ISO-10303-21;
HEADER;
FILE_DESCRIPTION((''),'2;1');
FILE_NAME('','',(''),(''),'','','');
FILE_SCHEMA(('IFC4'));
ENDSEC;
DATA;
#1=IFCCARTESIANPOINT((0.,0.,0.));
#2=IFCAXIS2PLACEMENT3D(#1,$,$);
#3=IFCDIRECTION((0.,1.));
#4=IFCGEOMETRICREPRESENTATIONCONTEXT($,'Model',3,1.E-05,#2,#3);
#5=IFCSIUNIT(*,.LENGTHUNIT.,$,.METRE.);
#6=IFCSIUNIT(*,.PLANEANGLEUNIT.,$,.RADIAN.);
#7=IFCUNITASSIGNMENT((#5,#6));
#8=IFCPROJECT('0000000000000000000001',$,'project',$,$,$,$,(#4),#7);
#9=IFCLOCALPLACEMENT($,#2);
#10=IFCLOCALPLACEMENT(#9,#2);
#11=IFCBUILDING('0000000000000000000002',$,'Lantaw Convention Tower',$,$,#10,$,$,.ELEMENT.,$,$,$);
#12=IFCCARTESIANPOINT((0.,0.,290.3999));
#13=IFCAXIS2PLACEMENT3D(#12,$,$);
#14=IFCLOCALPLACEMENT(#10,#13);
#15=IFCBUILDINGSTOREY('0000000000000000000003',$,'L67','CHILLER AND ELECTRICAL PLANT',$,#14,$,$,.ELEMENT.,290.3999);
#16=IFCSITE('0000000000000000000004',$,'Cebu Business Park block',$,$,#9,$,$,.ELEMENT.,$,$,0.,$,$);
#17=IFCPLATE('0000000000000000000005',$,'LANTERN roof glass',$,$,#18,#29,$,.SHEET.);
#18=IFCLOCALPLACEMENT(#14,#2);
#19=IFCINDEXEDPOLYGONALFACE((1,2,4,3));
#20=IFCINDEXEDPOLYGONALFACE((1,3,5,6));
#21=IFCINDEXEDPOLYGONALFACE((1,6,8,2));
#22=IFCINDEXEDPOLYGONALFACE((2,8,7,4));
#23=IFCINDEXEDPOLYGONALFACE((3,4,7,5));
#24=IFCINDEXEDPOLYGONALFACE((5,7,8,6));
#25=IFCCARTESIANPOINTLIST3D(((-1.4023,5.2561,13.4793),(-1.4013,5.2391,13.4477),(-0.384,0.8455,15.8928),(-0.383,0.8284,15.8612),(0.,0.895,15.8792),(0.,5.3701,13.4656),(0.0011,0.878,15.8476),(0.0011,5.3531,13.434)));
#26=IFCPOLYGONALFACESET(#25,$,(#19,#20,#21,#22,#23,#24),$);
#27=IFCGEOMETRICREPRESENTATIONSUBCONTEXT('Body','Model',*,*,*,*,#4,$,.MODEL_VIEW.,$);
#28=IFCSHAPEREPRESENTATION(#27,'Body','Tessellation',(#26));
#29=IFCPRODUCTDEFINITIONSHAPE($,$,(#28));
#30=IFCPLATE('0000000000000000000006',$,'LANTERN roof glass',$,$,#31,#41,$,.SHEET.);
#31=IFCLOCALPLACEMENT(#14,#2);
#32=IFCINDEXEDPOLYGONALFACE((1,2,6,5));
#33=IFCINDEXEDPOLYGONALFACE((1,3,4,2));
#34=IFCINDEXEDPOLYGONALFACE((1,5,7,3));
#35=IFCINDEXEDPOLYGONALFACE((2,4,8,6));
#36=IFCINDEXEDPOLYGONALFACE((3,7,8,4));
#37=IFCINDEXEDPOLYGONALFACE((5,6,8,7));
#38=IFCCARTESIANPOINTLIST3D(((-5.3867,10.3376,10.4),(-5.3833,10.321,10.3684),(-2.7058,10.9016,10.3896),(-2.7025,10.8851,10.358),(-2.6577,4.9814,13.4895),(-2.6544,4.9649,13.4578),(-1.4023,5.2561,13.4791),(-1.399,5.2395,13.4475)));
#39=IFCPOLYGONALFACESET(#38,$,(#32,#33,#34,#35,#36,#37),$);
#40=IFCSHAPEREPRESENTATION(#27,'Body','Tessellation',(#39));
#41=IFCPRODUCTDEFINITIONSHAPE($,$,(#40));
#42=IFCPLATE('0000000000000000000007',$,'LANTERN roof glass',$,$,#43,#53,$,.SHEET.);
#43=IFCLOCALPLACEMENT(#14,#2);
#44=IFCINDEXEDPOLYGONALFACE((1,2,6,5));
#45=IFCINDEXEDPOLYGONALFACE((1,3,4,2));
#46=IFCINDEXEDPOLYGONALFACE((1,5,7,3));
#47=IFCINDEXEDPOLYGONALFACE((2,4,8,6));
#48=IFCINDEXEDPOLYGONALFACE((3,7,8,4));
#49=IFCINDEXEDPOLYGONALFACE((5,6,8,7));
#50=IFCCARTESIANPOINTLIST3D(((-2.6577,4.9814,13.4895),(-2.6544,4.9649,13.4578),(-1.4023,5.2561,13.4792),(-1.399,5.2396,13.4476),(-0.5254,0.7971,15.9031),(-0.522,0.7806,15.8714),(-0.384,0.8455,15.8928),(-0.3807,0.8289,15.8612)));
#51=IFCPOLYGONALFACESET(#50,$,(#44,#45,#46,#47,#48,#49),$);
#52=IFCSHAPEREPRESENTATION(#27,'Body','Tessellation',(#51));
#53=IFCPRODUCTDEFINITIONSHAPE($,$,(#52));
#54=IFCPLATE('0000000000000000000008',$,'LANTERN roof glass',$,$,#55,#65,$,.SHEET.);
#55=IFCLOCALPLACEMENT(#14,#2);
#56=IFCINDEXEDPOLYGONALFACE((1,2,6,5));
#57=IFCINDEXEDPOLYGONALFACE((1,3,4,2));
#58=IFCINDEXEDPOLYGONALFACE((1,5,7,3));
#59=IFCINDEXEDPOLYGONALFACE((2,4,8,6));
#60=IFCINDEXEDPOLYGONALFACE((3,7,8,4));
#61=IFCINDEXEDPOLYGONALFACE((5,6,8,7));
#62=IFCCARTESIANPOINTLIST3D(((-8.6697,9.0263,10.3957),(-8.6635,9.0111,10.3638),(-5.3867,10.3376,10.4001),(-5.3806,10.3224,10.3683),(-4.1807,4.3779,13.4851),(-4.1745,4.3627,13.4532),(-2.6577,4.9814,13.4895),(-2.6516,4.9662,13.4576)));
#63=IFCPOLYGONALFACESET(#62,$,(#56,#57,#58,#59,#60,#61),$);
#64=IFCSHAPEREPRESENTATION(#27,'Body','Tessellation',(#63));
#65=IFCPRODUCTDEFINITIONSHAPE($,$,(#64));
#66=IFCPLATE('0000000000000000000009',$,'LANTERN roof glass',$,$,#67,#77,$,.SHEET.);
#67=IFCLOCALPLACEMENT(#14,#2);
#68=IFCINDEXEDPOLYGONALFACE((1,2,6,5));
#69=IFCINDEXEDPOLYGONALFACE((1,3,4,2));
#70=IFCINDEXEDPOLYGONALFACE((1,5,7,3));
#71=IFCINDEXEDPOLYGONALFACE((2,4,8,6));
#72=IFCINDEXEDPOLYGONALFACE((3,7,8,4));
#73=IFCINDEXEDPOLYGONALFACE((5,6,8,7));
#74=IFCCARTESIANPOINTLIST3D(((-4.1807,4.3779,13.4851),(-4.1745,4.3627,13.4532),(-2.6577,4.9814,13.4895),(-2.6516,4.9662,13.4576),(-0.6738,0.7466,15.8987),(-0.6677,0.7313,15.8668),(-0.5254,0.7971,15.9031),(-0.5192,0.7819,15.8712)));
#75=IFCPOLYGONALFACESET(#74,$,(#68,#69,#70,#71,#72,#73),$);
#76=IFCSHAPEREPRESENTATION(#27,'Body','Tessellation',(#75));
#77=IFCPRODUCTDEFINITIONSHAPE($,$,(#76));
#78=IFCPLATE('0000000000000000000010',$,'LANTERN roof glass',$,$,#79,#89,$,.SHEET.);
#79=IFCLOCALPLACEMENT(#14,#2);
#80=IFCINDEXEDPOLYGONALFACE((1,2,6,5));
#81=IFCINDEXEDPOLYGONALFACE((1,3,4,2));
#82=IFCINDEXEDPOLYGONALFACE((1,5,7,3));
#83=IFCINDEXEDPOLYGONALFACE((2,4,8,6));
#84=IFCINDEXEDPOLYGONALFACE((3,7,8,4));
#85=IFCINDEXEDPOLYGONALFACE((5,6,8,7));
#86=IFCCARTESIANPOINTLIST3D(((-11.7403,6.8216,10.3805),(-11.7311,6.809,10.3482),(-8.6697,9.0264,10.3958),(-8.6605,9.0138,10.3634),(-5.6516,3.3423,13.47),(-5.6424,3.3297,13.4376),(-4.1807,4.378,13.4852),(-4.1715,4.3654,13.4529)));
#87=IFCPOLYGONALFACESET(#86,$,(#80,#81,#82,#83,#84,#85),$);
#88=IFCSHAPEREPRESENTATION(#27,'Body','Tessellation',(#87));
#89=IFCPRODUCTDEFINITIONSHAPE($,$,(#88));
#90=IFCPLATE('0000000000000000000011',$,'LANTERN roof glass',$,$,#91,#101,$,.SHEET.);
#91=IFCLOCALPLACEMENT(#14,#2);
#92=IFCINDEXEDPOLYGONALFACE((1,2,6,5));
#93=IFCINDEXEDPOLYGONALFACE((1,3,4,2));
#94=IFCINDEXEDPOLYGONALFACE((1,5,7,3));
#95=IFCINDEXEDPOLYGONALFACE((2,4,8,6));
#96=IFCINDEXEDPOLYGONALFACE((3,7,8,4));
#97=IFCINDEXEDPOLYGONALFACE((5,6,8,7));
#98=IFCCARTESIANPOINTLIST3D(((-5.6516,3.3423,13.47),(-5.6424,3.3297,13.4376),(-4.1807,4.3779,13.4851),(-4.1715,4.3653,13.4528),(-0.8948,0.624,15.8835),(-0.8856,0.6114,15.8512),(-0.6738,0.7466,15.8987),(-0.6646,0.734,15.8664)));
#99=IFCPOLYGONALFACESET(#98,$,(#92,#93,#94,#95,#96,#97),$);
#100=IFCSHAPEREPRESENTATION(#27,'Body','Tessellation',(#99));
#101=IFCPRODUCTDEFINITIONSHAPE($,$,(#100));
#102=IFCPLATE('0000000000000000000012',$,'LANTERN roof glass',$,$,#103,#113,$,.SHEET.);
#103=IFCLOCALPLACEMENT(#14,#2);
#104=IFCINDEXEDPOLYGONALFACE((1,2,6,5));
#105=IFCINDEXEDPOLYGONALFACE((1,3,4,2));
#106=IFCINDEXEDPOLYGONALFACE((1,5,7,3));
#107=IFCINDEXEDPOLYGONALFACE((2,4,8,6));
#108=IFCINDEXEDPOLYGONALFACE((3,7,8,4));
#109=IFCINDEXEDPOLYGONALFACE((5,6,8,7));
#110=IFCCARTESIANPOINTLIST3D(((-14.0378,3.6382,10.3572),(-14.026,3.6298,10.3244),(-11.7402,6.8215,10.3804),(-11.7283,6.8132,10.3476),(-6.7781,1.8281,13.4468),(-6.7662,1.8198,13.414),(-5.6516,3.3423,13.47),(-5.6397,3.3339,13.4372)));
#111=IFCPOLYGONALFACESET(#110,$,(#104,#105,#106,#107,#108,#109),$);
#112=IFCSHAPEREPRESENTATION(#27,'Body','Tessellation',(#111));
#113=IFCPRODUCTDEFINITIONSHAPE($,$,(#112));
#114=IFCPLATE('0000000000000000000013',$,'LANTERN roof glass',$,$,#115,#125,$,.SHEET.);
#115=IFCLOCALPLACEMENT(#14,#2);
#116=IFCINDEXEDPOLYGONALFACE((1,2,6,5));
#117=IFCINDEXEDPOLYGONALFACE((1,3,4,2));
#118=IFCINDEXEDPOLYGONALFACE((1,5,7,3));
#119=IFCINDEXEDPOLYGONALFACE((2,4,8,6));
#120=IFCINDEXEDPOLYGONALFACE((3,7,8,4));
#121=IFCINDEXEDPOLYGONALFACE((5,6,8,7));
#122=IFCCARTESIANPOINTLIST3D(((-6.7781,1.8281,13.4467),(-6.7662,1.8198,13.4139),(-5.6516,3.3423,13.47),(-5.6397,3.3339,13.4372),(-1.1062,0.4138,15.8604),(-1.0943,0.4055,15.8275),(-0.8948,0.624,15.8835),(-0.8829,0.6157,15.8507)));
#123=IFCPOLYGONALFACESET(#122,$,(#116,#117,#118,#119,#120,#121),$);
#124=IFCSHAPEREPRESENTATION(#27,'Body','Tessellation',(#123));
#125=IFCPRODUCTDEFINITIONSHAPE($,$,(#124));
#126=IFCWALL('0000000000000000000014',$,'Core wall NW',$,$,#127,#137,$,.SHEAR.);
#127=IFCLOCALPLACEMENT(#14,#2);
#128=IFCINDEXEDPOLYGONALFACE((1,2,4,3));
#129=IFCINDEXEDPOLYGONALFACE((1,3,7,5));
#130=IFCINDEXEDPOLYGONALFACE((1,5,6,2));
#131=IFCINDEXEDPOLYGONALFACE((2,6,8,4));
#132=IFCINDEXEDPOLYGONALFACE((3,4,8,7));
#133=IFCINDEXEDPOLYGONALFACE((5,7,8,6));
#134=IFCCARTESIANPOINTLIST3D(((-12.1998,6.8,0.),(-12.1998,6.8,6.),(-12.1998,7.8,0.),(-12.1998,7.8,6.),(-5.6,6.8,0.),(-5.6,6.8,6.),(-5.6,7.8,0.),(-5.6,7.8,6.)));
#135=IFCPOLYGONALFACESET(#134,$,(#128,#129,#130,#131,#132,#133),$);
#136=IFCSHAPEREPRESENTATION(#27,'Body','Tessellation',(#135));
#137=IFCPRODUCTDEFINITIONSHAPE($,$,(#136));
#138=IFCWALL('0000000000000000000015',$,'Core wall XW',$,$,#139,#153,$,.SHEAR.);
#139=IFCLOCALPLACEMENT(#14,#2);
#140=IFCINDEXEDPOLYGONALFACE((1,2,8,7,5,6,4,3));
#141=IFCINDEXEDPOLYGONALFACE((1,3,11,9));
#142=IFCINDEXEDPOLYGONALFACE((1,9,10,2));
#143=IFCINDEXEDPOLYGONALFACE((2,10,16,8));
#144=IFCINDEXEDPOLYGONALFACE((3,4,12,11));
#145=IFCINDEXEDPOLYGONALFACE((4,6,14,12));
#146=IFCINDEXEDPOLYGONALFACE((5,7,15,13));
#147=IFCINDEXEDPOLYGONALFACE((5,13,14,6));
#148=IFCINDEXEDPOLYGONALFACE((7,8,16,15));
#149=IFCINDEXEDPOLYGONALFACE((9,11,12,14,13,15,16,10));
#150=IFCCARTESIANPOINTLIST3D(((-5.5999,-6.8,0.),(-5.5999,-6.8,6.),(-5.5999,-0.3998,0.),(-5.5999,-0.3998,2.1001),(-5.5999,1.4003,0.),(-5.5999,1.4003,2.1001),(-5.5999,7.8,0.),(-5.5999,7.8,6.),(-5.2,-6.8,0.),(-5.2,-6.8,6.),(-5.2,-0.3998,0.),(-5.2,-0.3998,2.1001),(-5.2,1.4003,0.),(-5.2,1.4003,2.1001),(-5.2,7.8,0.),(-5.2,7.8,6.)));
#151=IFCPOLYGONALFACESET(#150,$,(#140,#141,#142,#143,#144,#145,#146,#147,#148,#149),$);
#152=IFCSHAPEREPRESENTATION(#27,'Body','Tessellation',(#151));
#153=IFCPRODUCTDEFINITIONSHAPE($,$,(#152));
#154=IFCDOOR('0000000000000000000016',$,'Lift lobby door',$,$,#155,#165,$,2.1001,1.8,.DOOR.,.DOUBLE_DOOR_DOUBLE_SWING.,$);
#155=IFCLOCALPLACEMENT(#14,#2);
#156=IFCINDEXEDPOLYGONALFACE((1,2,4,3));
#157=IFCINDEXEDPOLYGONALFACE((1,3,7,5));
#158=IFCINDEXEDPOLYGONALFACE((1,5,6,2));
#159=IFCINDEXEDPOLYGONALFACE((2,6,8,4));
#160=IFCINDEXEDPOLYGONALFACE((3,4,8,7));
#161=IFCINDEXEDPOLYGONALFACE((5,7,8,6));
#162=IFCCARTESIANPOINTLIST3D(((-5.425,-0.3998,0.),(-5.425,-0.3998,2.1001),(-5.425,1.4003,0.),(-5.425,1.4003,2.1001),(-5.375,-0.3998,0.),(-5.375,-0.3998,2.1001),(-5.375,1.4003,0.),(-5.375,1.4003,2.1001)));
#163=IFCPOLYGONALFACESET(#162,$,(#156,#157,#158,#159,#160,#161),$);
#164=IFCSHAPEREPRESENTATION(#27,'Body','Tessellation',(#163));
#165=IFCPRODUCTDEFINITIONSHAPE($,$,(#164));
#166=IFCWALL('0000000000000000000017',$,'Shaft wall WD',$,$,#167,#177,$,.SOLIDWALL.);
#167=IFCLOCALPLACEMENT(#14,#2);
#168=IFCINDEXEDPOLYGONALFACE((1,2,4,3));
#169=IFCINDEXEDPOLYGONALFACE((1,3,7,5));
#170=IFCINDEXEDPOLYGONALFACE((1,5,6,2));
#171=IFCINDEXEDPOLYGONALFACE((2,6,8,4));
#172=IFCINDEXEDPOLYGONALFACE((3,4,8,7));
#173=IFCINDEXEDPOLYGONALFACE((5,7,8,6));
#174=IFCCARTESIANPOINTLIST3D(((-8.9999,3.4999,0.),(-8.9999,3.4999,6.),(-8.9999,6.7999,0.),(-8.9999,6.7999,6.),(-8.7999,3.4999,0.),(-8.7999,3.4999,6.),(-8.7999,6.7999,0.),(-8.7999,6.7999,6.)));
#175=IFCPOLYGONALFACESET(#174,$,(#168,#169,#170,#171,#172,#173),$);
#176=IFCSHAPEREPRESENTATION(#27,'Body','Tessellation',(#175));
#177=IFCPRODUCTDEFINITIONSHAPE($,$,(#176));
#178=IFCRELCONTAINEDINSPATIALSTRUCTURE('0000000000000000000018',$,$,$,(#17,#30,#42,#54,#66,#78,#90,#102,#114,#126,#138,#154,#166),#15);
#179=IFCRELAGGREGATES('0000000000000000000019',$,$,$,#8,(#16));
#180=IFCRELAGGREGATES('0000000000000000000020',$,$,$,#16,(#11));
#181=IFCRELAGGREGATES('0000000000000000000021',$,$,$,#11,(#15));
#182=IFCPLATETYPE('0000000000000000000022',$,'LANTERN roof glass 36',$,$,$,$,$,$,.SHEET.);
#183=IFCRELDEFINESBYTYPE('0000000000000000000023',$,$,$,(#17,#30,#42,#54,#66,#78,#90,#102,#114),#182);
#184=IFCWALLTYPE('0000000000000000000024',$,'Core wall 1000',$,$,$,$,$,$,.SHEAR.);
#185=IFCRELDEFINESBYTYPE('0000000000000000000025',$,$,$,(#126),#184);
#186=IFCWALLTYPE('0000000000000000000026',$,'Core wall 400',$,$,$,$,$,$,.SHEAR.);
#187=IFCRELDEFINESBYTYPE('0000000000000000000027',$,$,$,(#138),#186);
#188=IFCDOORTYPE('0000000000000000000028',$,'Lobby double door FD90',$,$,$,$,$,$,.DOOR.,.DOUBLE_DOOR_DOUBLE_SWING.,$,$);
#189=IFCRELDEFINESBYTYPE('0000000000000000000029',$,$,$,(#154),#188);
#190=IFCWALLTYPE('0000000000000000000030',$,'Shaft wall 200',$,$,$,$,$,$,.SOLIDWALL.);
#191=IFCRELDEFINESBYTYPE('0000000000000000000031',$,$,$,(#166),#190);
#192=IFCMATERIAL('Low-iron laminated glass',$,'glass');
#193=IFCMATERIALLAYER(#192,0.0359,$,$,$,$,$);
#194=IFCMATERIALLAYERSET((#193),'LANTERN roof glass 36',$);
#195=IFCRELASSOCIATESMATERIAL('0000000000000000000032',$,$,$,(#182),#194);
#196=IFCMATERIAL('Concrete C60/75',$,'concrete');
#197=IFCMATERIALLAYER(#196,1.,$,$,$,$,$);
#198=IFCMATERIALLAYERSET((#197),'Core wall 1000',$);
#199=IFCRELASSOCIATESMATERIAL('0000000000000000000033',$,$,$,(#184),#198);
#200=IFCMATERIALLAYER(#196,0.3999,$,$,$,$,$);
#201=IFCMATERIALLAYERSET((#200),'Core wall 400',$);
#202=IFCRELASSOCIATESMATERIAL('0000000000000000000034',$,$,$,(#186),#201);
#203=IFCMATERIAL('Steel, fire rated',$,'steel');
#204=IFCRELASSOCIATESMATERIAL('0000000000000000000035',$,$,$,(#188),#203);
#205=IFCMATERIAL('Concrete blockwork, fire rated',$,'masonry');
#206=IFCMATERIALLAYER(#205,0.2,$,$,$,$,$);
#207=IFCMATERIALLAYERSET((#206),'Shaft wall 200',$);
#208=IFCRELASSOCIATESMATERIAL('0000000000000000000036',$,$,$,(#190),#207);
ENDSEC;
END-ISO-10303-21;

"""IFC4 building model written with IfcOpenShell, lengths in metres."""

from ifc_helpers import new_model, si_unit, direction, frame, frame_2d, origin, place, context, subcontext, project, spatial, polyline, rectangle, outline, extrude, material, layer, layer_set, type_object, element, fill, save


model = new_model("IFC4")

# Units and contexts
model_context = context("Model", 3, precision=1e-05, world=origin(), true_north=direction((0.0, 1.0)))
body_context = subcontext(model_context, "Body", "Model", "MODEL_VIEW")
ifc_project = project(units=[si_unit("LENGTHUNIT", "METRE"), si_unit("PLANEANGLEUNIT", "RADIAN")], contexts=[model_context])

# Site, building, storey
site_placement = place(None, origin())
site = spatial("IfcSite", under=ifc_project, at=site_placement, Name="Cebu Business Park block", CompositionType="ELEMENT", RefElevation=0.0)
building_placement = place(site_placement, origin())
building = spatial("IfcBuilding", under=site, at=building_placement, Name="Lantaw Convention Tower", CompositionType="ELEMENT")
storey_placement = place(building_placement, frame((0.0, 0.0, 290.3999)))
storey = spatial("IfcBuildingStorey", under=building, at=storey_placement, Name="L67", Description="CHILLER AND ELECTRICAL PLANT", CompositionType="ELEMENT", Elevation=290.3999)

# Shared definitions
ifc_material_1 = material(Name="Low-iron laminated glass", Category="glass")

# Plates
ifc_layer_1 = layer(ifc_material_1, 0.0359)
ifc_layer_set_1 = layer_set([ifc_layer_1], Name="LANTERN roof glass 36")
plate_type_1 = type_object("IfcPlateType", Name="LANTERN roof glass 36", PredefinedType="SHEET", material=ifc_layer_set_1)
plate_1_placement = place(storey_placement, frame((0.0, 5.3701, 13.4656), z_axis=(-0.029981, 0.474486, 0.879752), x_axis=(-0.996665, -0.081022, 0.009733)))
element("IfcPlate", 1, at=plate_1_placement, inside=storey, type_object=plate_type_1, Name="LANTERN roof glass", PredefinedType="SHEET", context=body_context, shape_type="SweptSolid", body=[
    extrude(outline(polyline([(0.0, 0.0), (1.407, 0.0), (0.773, 5.0906), (0.3861, 5.0698), (0.0, 0.0)])), origin(), (0.0, 0.0, -1.0), 0.0359),
])
plate_2_placement = place(storey_placement, frame((-2.7058, 10.9016, 10.3896), z_axis=(-0.093614, 0.461234, 0.882326), x_axis=(-0.978571, -0.205875, 0.003795)))
element("IfcPlate", 2, at=plate_2_placement, inside=storey, type_object=plate_type_1, Name="LANTERN roof glass", PredefinedType="SHEET", context=body_context, shape_type="SweptSolid", body=[
    extrude(outline(polyline([(0.0, 0.0), (2.7396, 0.0), (1.1835, 6.5772), (-0.1015, 6.5655), (0.0, 0.0)])), origin(), (0.0, 0.0, -1.0), 0.0359),
])
plate_3_placement = place(storey_placement, frame((-1.4023, 5.2561, 13.4792), z_axis=(-0.093698, 0.461196, 0.882337), x_axis=(-0.976861, -0.213725, 0.007978)))
element("IfcPlate", 3, at=plate_3_placement, inside=storey, type_object=plate_type_1, Name="LANTERN roof glass", PredefinedType="SHEET", context=body_context, shape_type="SweptSolid", body=[
    extrude(outline(polyline([(0.0, 0.0), (1.2851, 0.0), (0.1157, 5.1491), (-0.0328, 5.1298), (0.0, 0.0)])), origin(), (0.0, 0.0, -1.0), 0.0359),
])
plate_4_placement = place(storey_placement, frame((-5.3867, 10.3376, 10.4001), z_axis=(-0.171111, 0.425389, 0.888687), x_axis=(-0.92866, -0.370931, -0.001253)))
element("IfcPlate", 4, at=plate_4_placement, inside=storey, type_object=plate_type_1, Name="LANTERN roof glass", PredefinedType="SHEET", context=body_context, shape_type="SweptSolid", body=[
    extrude(outline(polyline([(0.0, 0.0), (3.5352, 0.0), (1.0868, 6.7312), (-0.5514, 6.7362), (0.0, 0.0)])), origin(), (0.0, 0.0, -1.0), 0.0359),
])
plate_5_placement = place(storey_placement, frame((-2.6577, 4.9814, 13.4895), z_axis=(-0.171139, 0.425391, 0.888681), x_axis=(-0.929661, -0.368407, -0.002683)))
element("IfcPlate", 5, at=plate_5_placement, inside=storey, type_object=plate_type_1, Name="LANTERN roof glass", PredefinedType="SHEET", context=body_context, shape_type="SweptSolid", body=[
    extrude(outline(polyline([(0.0, 0.0), (1.6382, 0.0), (-0.2907, 5.2526), (-0.4473, 5.2612), (0.0, 0.0)])), origin(), (0.0, 0.0, -1.0), 0.0359),
])
plate_6_placement = place(storey_placement, frame((-8.6697, 9.0264, 10.3958), z_axis=(-0.256445, 0.350925, 0.900604), x_axis=(-0.812286, -0.583246, -0.004033)))
element("IfcPlate", 6, at=plate_6_placement, inside=storey, type_object=plate_type_1, Name="LANTERN roof glass", PredefinedType="SHEET", context=body_context, shape_type="SweptSolid", body=[
    extrude(outline(polyline([(0.0, 0.0), (3.7802, 0.0), (0.8513, 7.0812), (-0.9476, 7.0997), (0.0, 0.0)])), origin(), (0.0, 0.0, -1.0), 0.0359),
])
plate_7_placement = place(storey_placement, frame((-4.1807, 4.3779, 13.4851), z_axis=(-0.256386, 0.350986, 0.900597), x_axis=(-0.817638, -0.575671, -0.008414)))
element("IfcPlate", 7, at=plate_7_placement, inside=storey, type_object=plate_type_1, Name="LANTERN roof glass", PredefinedType="SHEET", context=body_context, shape_type="SweptSolid", body=[
    extrude(outline(polyline([(0.0, 0.0), (1.799, 0.0), (-0.5458, 5.5085), (-0.7972, 5.5385), (0.0, 0.0)])), origin(), (0.0, 0.0, -1.0), 0.0359),
])
plate_8_placement = place(storey_placement, frame((-11.7402, 6.8215, 10.3804), z_axis=(-0.331235, 0.232411, 0.914477), x_axis=(-0.585233, -0.810843, -0.005906)))
element("IfcPlate", 8, at=plate_8_placement, inside=storey, type_object=plate_type_1, Name="LANTERN roof glass", PredefinedType="SHEET", context=body_context, shape_type="SweptSolid", body=[
    extrude(outline(polyline([(0.0, 0.0), (3.926, 0.0), (1.1267, 7.5954), (-0.7604, 7.6252), (0.0, 0.0)])), origin(), (0.0, 0.0, -1.0), 0.0359),
])
plate_9_placement = place(storey_placement, frame((-5.6516, 3.3423, 13.47), z_axis=(-0.33121, 0.232377, 0.914495), x_axis=(-0.59684, -0.802266, -0.012304)))
element("IfcPlate", 9, at=plate_9_placement, inside=storey, type_object=plate_type_1, Name="LANTERN roof glass", PredefinedType="SHEET", context=body_context, shape_type="SweptSolid", body=[
    extrude(outline(polyline([(0.0, 0.0), (1.8874, 0.0), (-0.3929, 5.8988), (-0.688, 5.9471), (0.0, 0.0)])), origin(), (0.0, 0.0, -1.0), 0.0359),
])

# Wall
ifc_material_2 = material(Name="Concrete C60/75", Category="concrete")
ifc_layer_2 = layer(ifc_material_2, 1.0)
ifc_layer_set_2 = layer_set([ifc_layer_2], Name="Core wall 1000")
wall_type_1 = type_object("IfcWallType", Name="Core wall 1000", PredefinedType="SHEAR", material=ifc_layer_set_2)
wall_1_placement = place(storey_placement, frame((-5.6001, 7.3, 0.0), z_axis=(0.0, 0.0, 1.0), x_axis=(-1.0, 0.0, 0.0)))
element("IfcWall", 10, at=wall_1_placement, inside=storey, type_object=wall_type_1, Name="Core wall NW", PredefinedType="SHEAR", context=body_context, shape_type="SweptSolid", body=[
    extrude(rectangle(XDim=6.5999, YDim=1.0, at=frame_2d((3.2998, 0.0))), origin(), (0.0, 0.0, 1.0), 6.0),
])

# Wall, opening, door
ifc_layer_3 = layer(ifc_material_2, 0.3999)
ifc_layer_set_3 = layer_set([ifc_layer_3], Name="Core wall 400")
wall_type_2 = type_object("IfcWallType", Name="Core wall 400", PredefinedType="SHEAR", material=ifc_layer_set_3)
wall_2_placement = place(storey_placement, frame((-5.3999, 7.8, 0.0), z_axis=(0.0, 0.0, 1.0), x_axis=(0.0, -1.0, 0.0)))
wall_2 = element("IfcWall", 11, at=wall_2_placement, inside=storey, type_object=wall_type_2, Name="Core wall XW", PredefinedType="SHEAR", context=body_context, shape_type="SweptSolid", body=[
    extrude(rectangle(XDim=14.6001, YDim=0.3999, at=frame_2d((7.3, 0.0))), origin(), (0.0, 0.0, 1.0), 6.0),
])
opening_placement = place(wall_2_placement, frame((6.3999, 0.0, 0.0)))
opening = element("IfcOpeningElement", 12, at=opening_placement, cuts=wall_2, PredefinedType="OPENING", context=body_context, shape_type="SweptSolid", body=[
    extrude(rectangle(XDim=1.8, YDim=2.1001, at=frame_2d((0.8999, 1.05))), frame((0.0, 0.21, 0.0), z_axis=(0.0, -1.0, 0.0), x_axis=(1.0, 0.0, 0.0)), (0.0, 0.0, 1.0), 0.4199),
])
ifc_material_3 = material(Name="Steel, fire rated", Category="steel")
door_type = type_object("IfcDoorType", Name="Lobby double door FD90", OperationType="DOUBLE_DOOR_DOUBLE_SWING", PredefinedType="DOOR", material=ifc_material_3)
door_placement = place(opening_placement, origin())
door = element("IfcDoor", 13, at=door_placement, inside=storey, type_object=door_type, Name="Lift lobby door", OperationType="DOUBLE_DOOR_DOUBLE_SWING", OverallHeight=2.1001, OverallWidth=1.8, PredefinedType="DOOR", context=body_context, shape_type="SweptSolid", body=[
    extrude(rectangle(XDim=1.8, YDim=2.1001, at=frame_2d((0.8999, 1.05))), frame((0.0, 0.0249, 0.0), z_axis=(0.0, -1.0, 0.0), x_axis=(1.0, 0.0, 0.0)), (0.0, 0.0, 1.0), 0.05),
])
fill(opening, door)

# Wall
ifc_material_4 = material(Name="Concrete blockwork, fire rated", Category="masonry")
ifc_layer_4 = layer(ifc_material_4, 0.2)
ifc_layer_set_4 = layer_set([ifc_layer_4], Name="Shaft wall 200")
wall_type_3 = type_object("IfcWallType", Name="Shaft wall 200", PredefinedType="SOLIDWALL", material=ifc_layer_set_4)
wall_3_placement = place(storey_placement, frame((-8.8999, 3.5, 0.0), z_axis=(0.0, 0.0, 1.0), x_axis=(0.0, 1.0, 0.0)))
element("IfcWall", 14, at=wall_3_placement, inside=storey, type_object=wall_type_3, Name="Shaft wall WD", PredefinedType="SOLIDWALL", context=body_context, shape_type="SweptSolid", body=[
    extrude(rectangle(XDim=3.3, YDim=0.2, at=frame_2d((1.6499, 0.0))), origin(), (0.0, 0.0, 1.0), 6.0),
])

save(model, "model.ifc")
